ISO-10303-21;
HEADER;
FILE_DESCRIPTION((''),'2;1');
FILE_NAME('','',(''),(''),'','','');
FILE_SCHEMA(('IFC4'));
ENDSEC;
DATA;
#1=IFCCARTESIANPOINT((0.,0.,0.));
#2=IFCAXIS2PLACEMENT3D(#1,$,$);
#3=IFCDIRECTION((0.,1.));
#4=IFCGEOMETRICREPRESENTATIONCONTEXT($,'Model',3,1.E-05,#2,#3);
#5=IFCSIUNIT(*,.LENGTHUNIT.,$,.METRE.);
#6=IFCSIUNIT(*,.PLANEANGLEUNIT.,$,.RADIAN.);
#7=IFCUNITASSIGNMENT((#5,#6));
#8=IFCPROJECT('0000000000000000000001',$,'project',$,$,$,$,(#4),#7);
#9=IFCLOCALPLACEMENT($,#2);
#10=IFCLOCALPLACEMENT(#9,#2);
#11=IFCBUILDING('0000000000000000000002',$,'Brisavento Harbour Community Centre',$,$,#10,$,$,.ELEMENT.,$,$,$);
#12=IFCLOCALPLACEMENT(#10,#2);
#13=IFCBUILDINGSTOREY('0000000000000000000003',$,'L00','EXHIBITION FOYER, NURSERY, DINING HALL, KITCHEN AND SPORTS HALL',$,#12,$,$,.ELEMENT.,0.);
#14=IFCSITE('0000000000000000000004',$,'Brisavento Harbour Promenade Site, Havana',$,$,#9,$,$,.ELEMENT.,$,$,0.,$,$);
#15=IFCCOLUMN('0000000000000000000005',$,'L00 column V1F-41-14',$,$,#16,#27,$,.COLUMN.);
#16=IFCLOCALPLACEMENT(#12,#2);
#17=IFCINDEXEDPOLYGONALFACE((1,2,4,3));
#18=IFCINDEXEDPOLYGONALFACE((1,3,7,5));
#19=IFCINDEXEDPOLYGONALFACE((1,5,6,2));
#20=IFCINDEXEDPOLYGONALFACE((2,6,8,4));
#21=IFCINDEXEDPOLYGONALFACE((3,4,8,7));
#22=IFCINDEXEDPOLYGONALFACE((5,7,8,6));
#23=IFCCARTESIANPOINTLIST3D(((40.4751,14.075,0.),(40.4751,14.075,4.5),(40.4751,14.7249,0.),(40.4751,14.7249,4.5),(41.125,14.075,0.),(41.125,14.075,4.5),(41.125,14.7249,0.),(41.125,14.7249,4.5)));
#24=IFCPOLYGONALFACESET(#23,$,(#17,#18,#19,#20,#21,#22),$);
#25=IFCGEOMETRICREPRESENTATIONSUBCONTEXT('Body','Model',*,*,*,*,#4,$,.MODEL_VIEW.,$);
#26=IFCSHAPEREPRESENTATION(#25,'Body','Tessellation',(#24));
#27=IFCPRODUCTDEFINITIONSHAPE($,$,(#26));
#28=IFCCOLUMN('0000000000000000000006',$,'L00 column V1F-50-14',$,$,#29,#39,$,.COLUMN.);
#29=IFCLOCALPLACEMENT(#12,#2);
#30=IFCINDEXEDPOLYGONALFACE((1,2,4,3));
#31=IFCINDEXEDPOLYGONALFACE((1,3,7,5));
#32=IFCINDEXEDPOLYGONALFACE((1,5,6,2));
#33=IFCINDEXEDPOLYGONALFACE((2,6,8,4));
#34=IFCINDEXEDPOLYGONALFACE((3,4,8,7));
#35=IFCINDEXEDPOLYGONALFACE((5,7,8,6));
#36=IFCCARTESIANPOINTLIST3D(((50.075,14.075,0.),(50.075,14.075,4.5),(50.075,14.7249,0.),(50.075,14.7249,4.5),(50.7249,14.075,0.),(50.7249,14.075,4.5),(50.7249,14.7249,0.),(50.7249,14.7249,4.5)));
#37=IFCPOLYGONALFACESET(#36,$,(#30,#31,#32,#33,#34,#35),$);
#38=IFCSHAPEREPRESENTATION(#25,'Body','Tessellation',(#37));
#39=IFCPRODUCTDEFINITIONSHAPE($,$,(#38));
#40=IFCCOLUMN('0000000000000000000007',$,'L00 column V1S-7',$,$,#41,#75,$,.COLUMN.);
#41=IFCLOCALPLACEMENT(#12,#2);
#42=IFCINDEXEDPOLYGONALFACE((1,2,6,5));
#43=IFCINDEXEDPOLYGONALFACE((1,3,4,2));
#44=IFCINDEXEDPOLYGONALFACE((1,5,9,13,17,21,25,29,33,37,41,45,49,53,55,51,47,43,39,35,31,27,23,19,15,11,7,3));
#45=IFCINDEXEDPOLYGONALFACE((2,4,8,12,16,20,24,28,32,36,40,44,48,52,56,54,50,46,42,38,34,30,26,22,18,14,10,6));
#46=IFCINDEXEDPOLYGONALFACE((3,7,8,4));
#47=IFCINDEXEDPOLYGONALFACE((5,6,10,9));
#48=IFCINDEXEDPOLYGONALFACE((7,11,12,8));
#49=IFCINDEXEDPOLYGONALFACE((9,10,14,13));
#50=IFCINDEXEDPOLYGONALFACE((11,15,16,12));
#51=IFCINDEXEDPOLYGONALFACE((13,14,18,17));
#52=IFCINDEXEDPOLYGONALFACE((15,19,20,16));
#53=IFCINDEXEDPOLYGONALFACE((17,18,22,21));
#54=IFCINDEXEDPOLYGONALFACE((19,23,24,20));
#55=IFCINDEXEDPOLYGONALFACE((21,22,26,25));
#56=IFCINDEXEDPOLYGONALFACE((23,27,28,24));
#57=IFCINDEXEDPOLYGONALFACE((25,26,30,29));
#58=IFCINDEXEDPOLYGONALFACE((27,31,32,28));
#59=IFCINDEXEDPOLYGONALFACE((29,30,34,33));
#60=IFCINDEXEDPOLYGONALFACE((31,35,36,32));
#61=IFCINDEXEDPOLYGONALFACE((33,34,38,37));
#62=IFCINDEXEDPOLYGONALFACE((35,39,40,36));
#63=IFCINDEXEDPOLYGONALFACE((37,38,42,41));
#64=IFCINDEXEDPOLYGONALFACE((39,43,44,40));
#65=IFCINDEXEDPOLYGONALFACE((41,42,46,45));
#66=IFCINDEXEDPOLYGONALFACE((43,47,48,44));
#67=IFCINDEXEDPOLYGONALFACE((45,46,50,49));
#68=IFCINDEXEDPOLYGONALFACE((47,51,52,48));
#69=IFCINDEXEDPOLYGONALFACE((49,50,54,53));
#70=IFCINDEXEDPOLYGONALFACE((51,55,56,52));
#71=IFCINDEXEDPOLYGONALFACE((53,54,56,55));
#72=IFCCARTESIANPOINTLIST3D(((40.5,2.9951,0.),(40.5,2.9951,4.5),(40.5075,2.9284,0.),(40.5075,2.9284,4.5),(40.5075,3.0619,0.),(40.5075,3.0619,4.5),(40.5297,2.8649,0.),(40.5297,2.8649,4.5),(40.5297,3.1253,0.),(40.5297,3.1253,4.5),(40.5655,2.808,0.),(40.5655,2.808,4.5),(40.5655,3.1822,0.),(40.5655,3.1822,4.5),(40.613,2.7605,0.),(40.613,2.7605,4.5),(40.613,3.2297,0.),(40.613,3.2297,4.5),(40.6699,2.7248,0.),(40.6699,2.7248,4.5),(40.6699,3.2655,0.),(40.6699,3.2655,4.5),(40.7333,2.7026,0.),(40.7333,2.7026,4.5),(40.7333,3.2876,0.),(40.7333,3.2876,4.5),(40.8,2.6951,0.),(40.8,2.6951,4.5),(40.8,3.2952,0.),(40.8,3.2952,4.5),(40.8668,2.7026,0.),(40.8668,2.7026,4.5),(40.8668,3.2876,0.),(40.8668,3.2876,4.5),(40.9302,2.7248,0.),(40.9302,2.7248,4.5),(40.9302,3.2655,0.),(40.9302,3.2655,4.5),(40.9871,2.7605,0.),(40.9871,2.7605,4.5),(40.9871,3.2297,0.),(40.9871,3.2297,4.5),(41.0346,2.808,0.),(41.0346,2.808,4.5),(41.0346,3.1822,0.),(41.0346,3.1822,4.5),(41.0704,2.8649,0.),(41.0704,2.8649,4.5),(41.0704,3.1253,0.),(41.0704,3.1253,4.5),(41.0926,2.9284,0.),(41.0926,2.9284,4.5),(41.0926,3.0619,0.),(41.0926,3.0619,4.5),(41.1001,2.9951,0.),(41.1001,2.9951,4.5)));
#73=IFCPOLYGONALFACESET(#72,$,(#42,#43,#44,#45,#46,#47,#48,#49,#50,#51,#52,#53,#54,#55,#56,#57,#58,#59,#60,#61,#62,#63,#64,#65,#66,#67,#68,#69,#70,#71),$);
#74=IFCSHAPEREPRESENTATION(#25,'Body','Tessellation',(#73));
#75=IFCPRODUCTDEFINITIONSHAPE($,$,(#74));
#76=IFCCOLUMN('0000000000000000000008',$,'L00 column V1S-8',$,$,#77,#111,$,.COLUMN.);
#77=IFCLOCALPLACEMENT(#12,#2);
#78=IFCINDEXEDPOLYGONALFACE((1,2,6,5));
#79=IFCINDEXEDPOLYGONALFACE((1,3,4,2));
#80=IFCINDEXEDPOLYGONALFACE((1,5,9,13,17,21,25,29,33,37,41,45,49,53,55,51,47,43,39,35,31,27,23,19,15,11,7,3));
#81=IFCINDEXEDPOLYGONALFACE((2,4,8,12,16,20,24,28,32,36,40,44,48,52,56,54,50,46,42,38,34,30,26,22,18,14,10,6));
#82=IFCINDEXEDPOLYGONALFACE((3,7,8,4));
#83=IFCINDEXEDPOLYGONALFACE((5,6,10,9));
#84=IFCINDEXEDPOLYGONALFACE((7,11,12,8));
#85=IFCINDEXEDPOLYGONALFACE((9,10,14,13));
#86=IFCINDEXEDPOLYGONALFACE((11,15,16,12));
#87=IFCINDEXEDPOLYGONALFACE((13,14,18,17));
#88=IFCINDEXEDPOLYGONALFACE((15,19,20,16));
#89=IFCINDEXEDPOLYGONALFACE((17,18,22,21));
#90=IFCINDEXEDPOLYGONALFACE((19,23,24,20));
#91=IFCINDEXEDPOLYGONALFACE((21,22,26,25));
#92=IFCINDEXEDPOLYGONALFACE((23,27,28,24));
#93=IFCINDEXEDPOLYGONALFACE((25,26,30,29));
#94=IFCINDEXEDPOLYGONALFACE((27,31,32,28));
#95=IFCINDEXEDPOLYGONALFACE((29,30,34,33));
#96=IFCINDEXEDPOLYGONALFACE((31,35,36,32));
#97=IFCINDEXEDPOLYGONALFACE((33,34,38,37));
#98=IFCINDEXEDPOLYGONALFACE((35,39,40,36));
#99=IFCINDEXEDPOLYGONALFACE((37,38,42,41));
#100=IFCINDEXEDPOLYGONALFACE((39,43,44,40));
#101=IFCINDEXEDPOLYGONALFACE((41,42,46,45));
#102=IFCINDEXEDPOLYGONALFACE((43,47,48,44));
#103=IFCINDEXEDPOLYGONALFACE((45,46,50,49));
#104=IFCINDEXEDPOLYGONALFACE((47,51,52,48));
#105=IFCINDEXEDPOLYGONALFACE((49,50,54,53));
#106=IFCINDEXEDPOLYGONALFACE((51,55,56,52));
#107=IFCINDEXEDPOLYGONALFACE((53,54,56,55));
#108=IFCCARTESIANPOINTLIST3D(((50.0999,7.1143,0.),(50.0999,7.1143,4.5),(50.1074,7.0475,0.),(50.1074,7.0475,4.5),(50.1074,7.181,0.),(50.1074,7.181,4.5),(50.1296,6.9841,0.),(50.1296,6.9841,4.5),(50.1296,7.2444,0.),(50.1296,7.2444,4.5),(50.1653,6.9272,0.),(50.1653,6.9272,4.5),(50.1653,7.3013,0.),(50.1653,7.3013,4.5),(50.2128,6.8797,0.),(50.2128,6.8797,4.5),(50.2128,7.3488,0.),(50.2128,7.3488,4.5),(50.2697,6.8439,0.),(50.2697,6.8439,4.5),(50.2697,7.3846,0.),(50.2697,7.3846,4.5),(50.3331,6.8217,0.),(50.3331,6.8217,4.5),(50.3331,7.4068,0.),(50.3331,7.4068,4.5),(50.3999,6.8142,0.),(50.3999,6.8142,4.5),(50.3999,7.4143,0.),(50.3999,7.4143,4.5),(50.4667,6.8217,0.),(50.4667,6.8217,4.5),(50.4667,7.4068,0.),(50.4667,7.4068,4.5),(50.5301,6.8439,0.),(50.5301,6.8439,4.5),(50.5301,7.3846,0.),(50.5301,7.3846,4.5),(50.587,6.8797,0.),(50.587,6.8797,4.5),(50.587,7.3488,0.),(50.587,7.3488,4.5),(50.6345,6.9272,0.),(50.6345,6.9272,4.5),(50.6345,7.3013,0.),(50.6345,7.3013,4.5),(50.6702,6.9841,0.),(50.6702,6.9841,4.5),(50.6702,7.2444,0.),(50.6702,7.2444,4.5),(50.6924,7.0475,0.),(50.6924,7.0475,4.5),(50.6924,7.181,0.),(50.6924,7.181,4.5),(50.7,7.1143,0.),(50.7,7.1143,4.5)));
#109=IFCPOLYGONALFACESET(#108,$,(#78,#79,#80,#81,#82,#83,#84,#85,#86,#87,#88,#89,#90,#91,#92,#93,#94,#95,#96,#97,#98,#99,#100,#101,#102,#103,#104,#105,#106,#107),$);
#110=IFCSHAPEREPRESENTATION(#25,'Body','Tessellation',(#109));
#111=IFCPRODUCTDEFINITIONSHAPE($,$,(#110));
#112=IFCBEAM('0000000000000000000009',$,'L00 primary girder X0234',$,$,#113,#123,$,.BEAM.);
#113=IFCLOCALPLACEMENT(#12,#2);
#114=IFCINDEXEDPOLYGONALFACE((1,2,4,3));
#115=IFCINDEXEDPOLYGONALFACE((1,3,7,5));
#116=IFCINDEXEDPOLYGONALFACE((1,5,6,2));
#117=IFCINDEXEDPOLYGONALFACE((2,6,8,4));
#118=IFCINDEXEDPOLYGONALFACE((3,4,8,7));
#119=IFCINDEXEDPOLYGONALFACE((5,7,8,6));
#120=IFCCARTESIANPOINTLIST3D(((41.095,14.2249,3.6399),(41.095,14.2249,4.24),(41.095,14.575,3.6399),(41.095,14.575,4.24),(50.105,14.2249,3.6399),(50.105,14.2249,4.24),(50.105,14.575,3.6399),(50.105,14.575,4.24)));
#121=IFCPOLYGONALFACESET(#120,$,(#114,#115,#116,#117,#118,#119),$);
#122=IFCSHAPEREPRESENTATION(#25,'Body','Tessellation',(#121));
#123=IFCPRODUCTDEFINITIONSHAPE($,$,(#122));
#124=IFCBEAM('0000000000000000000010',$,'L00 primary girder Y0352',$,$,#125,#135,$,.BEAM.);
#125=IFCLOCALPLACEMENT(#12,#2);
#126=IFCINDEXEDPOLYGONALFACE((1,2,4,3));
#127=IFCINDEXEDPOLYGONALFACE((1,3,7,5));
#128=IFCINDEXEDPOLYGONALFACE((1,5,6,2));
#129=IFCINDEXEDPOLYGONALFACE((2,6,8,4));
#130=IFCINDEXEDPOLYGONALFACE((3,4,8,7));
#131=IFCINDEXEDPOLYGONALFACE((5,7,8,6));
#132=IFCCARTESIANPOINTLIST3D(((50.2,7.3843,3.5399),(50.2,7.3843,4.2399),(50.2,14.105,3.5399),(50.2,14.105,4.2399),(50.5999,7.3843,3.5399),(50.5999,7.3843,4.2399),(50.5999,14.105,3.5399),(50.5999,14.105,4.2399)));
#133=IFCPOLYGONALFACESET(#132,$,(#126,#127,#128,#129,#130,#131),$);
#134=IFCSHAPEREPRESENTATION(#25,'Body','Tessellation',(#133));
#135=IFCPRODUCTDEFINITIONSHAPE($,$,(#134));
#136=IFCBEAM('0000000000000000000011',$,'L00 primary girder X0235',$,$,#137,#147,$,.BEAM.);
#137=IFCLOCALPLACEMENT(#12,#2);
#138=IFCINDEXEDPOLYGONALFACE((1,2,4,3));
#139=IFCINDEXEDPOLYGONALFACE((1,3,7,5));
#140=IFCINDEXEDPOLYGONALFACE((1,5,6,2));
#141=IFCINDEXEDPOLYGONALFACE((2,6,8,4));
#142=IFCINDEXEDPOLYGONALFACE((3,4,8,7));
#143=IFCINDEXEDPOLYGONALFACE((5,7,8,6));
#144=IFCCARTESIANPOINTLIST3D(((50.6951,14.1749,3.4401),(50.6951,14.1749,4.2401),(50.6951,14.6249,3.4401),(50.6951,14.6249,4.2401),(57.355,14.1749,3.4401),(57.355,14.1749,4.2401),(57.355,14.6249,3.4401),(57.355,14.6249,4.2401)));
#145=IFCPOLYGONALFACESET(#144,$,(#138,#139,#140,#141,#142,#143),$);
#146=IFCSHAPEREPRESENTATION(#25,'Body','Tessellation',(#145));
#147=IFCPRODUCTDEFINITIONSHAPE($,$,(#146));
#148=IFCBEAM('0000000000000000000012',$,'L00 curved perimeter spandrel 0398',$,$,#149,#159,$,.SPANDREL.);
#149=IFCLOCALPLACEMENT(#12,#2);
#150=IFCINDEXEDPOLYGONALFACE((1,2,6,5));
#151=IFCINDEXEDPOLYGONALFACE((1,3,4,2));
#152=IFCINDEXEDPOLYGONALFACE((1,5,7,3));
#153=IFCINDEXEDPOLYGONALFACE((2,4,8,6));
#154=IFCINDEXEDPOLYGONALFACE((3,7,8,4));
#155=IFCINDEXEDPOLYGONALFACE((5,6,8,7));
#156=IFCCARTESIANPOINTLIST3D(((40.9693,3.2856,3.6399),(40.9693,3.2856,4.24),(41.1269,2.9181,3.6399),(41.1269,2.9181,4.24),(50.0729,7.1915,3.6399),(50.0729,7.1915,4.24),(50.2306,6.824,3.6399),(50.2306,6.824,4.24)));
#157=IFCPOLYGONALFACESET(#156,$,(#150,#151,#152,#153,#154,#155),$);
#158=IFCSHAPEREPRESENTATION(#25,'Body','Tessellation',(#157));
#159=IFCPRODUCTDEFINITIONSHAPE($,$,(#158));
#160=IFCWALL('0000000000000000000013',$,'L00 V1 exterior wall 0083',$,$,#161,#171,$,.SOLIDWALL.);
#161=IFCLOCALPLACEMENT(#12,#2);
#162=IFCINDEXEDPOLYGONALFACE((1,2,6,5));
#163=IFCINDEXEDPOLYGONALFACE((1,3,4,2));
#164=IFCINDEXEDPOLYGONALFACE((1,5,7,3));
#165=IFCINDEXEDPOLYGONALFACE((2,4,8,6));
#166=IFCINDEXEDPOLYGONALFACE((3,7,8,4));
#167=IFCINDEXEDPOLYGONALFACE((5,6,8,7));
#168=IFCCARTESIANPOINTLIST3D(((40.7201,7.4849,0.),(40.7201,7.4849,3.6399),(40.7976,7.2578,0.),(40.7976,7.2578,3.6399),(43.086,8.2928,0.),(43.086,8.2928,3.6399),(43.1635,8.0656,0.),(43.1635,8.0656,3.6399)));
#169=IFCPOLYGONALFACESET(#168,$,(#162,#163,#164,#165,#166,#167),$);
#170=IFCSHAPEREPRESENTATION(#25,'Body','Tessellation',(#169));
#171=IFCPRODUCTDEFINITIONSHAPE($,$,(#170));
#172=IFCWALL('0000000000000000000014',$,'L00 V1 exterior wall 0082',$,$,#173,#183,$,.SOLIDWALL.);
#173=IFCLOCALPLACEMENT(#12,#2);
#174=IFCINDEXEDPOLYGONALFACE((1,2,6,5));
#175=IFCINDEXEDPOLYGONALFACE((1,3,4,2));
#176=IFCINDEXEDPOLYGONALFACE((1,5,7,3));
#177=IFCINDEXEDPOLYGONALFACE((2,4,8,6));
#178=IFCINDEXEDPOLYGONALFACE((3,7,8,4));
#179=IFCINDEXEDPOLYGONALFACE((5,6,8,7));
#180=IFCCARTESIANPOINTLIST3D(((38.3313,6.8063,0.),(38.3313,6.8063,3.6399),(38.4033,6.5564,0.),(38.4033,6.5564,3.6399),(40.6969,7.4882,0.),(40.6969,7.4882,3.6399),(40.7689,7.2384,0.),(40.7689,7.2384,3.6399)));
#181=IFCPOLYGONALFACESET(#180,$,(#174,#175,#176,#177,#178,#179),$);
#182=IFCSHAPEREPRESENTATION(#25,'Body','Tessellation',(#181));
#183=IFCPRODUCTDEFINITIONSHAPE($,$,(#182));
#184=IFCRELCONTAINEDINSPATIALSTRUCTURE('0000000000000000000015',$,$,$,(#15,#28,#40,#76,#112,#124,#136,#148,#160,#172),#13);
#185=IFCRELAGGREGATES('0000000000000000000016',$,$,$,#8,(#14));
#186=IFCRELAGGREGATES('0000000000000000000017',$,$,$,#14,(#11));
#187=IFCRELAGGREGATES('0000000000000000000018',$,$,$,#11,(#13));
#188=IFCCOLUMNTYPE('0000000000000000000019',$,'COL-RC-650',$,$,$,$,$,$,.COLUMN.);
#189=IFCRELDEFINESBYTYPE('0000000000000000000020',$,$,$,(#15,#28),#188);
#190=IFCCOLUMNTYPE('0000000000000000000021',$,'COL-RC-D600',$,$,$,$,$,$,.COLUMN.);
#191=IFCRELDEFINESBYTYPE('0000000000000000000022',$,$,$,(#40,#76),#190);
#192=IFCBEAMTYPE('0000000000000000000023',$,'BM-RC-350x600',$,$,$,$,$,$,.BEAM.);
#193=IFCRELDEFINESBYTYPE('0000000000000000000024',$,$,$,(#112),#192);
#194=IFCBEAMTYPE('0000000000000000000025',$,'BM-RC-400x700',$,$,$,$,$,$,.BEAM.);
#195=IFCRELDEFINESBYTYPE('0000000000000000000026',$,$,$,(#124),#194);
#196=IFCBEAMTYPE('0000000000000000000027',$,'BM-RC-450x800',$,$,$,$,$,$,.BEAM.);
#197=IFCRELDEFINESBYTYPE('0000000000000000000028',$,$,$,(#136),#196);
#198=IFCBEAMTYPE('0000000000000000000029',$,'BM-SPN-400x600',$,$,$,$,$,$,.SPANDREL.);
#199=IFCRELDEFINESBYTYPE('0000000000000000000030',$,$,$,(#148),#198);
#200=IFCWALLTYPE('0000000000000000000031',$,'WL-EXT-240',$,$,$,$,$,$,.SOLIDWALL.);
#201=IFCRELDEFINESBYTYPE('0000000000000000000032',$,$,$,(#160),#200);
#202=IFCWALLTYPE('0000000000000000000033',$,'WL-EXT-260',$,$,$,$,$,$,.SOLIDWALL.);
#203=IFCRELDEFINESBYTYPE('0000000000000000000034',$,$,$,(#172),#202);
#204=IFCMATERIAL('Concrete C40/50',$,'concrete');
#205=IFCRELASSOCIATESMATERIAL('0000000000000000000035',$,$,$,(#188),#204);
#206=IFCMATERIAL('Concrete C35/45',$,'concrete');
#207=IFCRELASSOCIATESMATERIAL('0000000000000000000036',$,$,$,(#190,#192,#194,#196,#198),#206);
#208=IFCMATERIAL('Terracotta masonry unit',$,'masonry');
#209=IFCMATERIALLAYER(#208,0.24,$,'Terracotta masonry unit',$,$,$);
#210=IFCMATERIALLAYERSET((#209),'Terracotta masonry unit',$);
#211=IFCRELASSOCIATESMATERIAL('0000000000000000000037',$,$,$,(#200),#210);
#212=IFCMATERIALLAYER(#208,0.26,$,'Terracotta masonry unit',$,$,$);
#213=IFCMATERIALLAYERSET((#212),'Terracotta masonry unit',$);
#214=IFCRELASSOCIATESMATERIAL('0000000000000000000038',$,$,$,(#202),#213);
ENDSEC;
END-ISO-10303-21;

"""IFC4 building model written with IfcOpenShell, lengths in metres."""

from ifc_helpers import new_model, si_unit, direction, frame, frame_2d, origin, origin_2d, place, context, subcontext, project, spatial, rectangle, circle, extrude, material, layer, layer_set, material_profile, profile_set, type_object, element, save


model = new_model("IFC4")

# Units and contexts
model_context = context("Model", 3, precision=1e-05, world=origin(), true_north=direction((0.0, 1.0)))
body_context = subcontext(model_context, "Body", "Model", "MODEL_VIEW")
ifc_project = project(units=[si_unit("LENGTHUNIT", "METRE"), si_unit("PLANEANGLEUNIT", "RADIAN")], contexts=[model_context])

# Site, building, storey
site_placement = place(None, origin())
site = spatial("IfcSite", under=ifc_project, at=site_placement, Name="Brisavento Harbour Promenade Site, Havana", CompositionType="ELEMENT", RefElevation=0.0)
building_placement = place(site_placement, origin())
building = spatial("IfcBuilding", under=site, at=building_placement, Name="Brisavento Harbour Community Centre", CompositionType="ELEMENT")
storey_placement = place(building_placement, origin())
storey = spatial("IfcBuildingStorey", under=building, at=storey_placement, Name="L00", Description="EXHIBITION FOYER, NURSERY, DINING HALL, KITCHEN AND SPORTS HALL", CompositionType="ELEMENT", Elevation=0.0)

# Columns
ifc_material_1 = material(Name="Concrete C40/50", Category="concrete")
ifc_material_profile_1 = material_profile(ifc_material_1, rectangle(XDim=0.6499, YDim=0.6499, at=origin_2d()), Name="Concrete C40/50")
ifc_profile_set_1 = profile_set([ifc_material_profile_1], Name="Concrete C40/50")
column_type_1 = type_object("IfcColumnType", Name="COL-RC-650", PredefinedType="COLUMN", material=ifc_profile_set_1)
for number, where, z_axis, x_axis, name in (
    (1, (40.8, 14.3999, 0.0), (0.0, 0.0, 1.0), (1.0, 0.0, 0.0), "L00 column V1F-41-14"),
    (2, (50.3999, 14.3999, 0.0), (0.0, 0.0, 1.0), (1.0, 0.0, 0.0), "L00 column V1F-50-14"),
):
    element("IfcColumn", number, at=place(storey_placement, frame(where, z_axis=z_axis, x_axis=x_axis)), inside=storey, type_object=column_type_1, Name=name, PredefinedType="COLUMN", context=body_context, shape_type="SweptSolid", body=[
        extrude(rectangle(XDim=0.6499, YDim=0.6499, at=origin_2d()), origin(), (0.0, 0.0, 1.0), 4.5),
    ])
ifc_material_2 = material(Name="Concrete C35/45", Category="concrete")
ifc_material_profile_2 = material_profile(ifc_material_2, circle(Radius=0.3, at=origin_2d()), Name="Concrete C35/45")
ifc_profile_set_2 = profile_set([ifc_material_profile_2], Name="Concrete C35/45")
column_type_2 = type_object("IfcColumnType", Name="COL-RC-D600", PredefinedType="COLUMN", material=ifc_profile_set_2)
for number, where, z_axis, x_axis, name in (
    (3, (40.8, 2.9951, 0.0), (0.0, 0.0, 1.0), (1.0, 0.0, 0.0), "L00 column V1S-7"),
    (4, (50.3999, 7.1143, 0.0), (0.0, 0.0, 1.0), (1.0, 0.0, 0.0), "L00 column V1S-8"),
):
    element("IfcColumn", number, at=place(storey_placement, frame(where, z_axis=z_axis, x_axis=x_axis)), inside=storey, type_object=column_type_2, Name=name, PredefinedType="COLUMN", context=body_context, shape_type="SweptSolid", body=[
        extrude(circle(Radius=0.3, at=origin_2d()), origin(), (0.0, 0.0, 1.0), 4.5),
    ])

# Beams
ifc_material_profile_3 = material_profile(ifc_material_2, rectangle(XDim=0.3501, YDim=0.6001, at=origin_2d()), Name="Concrete C35/45")
ifc_profile_set_3 = profile_set([ifc_material_profile_3], Name="Concrete C35/45")
beam_type_1 = type_object("IfcBeamType", Name="BM-RC-350x600", PredefinedType="BEAM", material=ifc_profile_set_3)
beam_1_placement = place(storey_placement, frame((41.095, 14.3999, 3.9399), z_axis=(1.0, 0.0, 0.0), x_axis=(0.0, 1.0, 0.0)))
element("IfcBeam", 5, at=beam_1_placement, inside=storey, type_object=beam_type_1, Name="L00 primary girder X0234", PredefinedType="BEAM", context=body_context, shape_type="SweptSolid", body=[
    extrude(rectangle(XDim=0.3501, YDim=0.6001, at=origin_2d()), origin(), (0.0, 0.0, 1.0), 9.01),
])
ifc_material_profile_4 = material_profile(ifc_material_2, rectangle(XDim=0.3999, YDim=0.7, at=origin_2d()), Name="Concrete C35/45")
ifc_profile_set_4 = profile_set([ifc_material_profile_4], Name="Concrete C35/45")
beam_type_2 = type_object("IfcBeamType", Name="BM-RC-400x700", PredefinedType="BEAM", material=ifc_profile_set_4)
beam_2_placement = place(storey_placement, frame((50.3999, 7.3843, 3.8899), z_axis=(0.0, 1.0, 0.0), x_axis=(-1.0, 0.0, 0.0)))
element("IfcBeam", 6, at=beam_2_placement, inside=storey, type_object=beam_type_2, Name="L00 primary girder Y0352", PredefinedType="BEAM", context=body_context, shape_type="SweptSolid", body=[
    extrude(rectangle(XDim=0.3999, YDim=0.7, at=origin_2d()), origin(), (0.0, 0.0, 1.0), 6.7207),
])
ifc_material_profile_5 = material_profile(ifc_material_2, rectangle(XDim=0.45, YDim=0.8, at=origin_2d()), Name="Concrete C35/45")
ifc_profile_set_5 = profile_set([ifc_material_profile_5], Name="Concrete C35/45")
beam_type_3 = type_object("IfcBeamType", Name="BM-RC-450x800", PredefinedType="BEAM", material=ifc_profile_set_5)
beam_3_placement = place(storey_placement, frame((50.6951, 14.3999, 3.8401), z_axis=(1.0, 0.0, 0.0), x_axis=(0.0, 1.0, 0.0)))
element("IfcBeam", 7, at=beam_3_placement, inside=storey, type_object=beam_type_3, Name="L00 primary girder X0235", PredefinedType="BEAM", context=body_context, shape_type="SweptSolid", body=[
    extrude(rectangle(XDim=0.45, YDim=0.8, at=origin_2d()), origin(), (0.0, 0.0, 1.0), 6.6599),
])
ifc_material_profile_6 = material_profile(ifc_material_2, rectangle(XDim=0.3999, YDim=0.6001, at=origin_2d()), Name="Concrete C35/45")
ifc_profile_set_6 = profile_set([ifc_material_profile_6], Name="Concrete C35/45")
beam_type_4 = type_object("IfcBeamType", Name="BM-SPN-400x600", PredefinedType="SPANDREL", material=ifc_profile_set_6)
beam_4_placement = place(storey_placement, frame((41.0481, 3.1018, 3.9399), z_axis=(0.918984, 0.394294, 0.0), x_axis=(-0.394294, 0.918984, 0.0)))
element("IfcBeam", 8, at=beam_4_placement, inside=storey, type_object=beam_type_4, Name="L00 curved perimeter spandrel 0398", PredefinedType="SPANDREL", context=body_context, shape_type="SweptSolid", body=[
    extrude(rectangle(XDim=0.3999, YDim=0.6001, at=origin_2d()), origin(), (0.0, 0.0, 1.0), 9.9062),
])

# Walls
ifc_material_3 = material(Name="Terracotta masonry unit", Category="masonry")
ifc_layer_1 = layer(ifc_material_3, 0.24, Name="Terracotta masonry unit")
ifc_layer_set_1 = layer_set([ifc_layer_1], Name="Terracotta masonry unit")
wall_type_1 = type_object("IfcWallType", Name="WL-EXT-240", PredefinedType="SOLIDWALL", material=ifc_layer_set_1)
wall_1_placement = place(storey_placement, frame((43.1248, 8.1792, 0.0), z_axis=(0.0, 0.0, 1.0), x_axis=(-0.946353, -0.323133, 0.0)))
element("IfcWall", 9, at=wall_1_placement, inside=storey, type_object=wall_type_1, Name="L00 V1 exterior wall 0083", PredefinedType="SOLIDWALL", context=body_context, shape_type="SweptSolid", body=[
    extrude(rectangle(XDim=2.5, YDim=0.24, at=frame_2d((1.25, 0.0))), origin(), (0.0, 0.0, 1.0), 3.6399),
])
ifc_layer_2 = layer(ifc_material_3, 0.26, Name="Terracotta masonry unit")
ifc_layer_set_2 = layer_set([ifc_layer_2], Name="Terracotta masonry unit")
wall_type_2 = type_object("IfcWallType", Name="WL-EXT-260", PredefinedType="SOLIDWALL", material=ifc_layer_set_2)
wall_2_placement = place(storey_placement, frame((40.7329, 7.3633, 0.0), z_axis=(0.0, 0.0, 1.0), x_axis=(-0.960874, -0.276986, 0.0)))
element("IfcWall", 10, at=wall_2_placement, inside=storey, type_object=wall_type_2, Name="L00 V1 exterior wall 0082", PredefinedType="SOLIDWALL", context=body_context, shape_type="SweptSolid", body=[
    extrude(rectangle(XDim=2.4619, YDim=0.26, at=frame_2d((1.231, 0.0))), origin(), (0.0, 0.0, 1.0), 3.6399),
])

save(model, "model.ifc")
